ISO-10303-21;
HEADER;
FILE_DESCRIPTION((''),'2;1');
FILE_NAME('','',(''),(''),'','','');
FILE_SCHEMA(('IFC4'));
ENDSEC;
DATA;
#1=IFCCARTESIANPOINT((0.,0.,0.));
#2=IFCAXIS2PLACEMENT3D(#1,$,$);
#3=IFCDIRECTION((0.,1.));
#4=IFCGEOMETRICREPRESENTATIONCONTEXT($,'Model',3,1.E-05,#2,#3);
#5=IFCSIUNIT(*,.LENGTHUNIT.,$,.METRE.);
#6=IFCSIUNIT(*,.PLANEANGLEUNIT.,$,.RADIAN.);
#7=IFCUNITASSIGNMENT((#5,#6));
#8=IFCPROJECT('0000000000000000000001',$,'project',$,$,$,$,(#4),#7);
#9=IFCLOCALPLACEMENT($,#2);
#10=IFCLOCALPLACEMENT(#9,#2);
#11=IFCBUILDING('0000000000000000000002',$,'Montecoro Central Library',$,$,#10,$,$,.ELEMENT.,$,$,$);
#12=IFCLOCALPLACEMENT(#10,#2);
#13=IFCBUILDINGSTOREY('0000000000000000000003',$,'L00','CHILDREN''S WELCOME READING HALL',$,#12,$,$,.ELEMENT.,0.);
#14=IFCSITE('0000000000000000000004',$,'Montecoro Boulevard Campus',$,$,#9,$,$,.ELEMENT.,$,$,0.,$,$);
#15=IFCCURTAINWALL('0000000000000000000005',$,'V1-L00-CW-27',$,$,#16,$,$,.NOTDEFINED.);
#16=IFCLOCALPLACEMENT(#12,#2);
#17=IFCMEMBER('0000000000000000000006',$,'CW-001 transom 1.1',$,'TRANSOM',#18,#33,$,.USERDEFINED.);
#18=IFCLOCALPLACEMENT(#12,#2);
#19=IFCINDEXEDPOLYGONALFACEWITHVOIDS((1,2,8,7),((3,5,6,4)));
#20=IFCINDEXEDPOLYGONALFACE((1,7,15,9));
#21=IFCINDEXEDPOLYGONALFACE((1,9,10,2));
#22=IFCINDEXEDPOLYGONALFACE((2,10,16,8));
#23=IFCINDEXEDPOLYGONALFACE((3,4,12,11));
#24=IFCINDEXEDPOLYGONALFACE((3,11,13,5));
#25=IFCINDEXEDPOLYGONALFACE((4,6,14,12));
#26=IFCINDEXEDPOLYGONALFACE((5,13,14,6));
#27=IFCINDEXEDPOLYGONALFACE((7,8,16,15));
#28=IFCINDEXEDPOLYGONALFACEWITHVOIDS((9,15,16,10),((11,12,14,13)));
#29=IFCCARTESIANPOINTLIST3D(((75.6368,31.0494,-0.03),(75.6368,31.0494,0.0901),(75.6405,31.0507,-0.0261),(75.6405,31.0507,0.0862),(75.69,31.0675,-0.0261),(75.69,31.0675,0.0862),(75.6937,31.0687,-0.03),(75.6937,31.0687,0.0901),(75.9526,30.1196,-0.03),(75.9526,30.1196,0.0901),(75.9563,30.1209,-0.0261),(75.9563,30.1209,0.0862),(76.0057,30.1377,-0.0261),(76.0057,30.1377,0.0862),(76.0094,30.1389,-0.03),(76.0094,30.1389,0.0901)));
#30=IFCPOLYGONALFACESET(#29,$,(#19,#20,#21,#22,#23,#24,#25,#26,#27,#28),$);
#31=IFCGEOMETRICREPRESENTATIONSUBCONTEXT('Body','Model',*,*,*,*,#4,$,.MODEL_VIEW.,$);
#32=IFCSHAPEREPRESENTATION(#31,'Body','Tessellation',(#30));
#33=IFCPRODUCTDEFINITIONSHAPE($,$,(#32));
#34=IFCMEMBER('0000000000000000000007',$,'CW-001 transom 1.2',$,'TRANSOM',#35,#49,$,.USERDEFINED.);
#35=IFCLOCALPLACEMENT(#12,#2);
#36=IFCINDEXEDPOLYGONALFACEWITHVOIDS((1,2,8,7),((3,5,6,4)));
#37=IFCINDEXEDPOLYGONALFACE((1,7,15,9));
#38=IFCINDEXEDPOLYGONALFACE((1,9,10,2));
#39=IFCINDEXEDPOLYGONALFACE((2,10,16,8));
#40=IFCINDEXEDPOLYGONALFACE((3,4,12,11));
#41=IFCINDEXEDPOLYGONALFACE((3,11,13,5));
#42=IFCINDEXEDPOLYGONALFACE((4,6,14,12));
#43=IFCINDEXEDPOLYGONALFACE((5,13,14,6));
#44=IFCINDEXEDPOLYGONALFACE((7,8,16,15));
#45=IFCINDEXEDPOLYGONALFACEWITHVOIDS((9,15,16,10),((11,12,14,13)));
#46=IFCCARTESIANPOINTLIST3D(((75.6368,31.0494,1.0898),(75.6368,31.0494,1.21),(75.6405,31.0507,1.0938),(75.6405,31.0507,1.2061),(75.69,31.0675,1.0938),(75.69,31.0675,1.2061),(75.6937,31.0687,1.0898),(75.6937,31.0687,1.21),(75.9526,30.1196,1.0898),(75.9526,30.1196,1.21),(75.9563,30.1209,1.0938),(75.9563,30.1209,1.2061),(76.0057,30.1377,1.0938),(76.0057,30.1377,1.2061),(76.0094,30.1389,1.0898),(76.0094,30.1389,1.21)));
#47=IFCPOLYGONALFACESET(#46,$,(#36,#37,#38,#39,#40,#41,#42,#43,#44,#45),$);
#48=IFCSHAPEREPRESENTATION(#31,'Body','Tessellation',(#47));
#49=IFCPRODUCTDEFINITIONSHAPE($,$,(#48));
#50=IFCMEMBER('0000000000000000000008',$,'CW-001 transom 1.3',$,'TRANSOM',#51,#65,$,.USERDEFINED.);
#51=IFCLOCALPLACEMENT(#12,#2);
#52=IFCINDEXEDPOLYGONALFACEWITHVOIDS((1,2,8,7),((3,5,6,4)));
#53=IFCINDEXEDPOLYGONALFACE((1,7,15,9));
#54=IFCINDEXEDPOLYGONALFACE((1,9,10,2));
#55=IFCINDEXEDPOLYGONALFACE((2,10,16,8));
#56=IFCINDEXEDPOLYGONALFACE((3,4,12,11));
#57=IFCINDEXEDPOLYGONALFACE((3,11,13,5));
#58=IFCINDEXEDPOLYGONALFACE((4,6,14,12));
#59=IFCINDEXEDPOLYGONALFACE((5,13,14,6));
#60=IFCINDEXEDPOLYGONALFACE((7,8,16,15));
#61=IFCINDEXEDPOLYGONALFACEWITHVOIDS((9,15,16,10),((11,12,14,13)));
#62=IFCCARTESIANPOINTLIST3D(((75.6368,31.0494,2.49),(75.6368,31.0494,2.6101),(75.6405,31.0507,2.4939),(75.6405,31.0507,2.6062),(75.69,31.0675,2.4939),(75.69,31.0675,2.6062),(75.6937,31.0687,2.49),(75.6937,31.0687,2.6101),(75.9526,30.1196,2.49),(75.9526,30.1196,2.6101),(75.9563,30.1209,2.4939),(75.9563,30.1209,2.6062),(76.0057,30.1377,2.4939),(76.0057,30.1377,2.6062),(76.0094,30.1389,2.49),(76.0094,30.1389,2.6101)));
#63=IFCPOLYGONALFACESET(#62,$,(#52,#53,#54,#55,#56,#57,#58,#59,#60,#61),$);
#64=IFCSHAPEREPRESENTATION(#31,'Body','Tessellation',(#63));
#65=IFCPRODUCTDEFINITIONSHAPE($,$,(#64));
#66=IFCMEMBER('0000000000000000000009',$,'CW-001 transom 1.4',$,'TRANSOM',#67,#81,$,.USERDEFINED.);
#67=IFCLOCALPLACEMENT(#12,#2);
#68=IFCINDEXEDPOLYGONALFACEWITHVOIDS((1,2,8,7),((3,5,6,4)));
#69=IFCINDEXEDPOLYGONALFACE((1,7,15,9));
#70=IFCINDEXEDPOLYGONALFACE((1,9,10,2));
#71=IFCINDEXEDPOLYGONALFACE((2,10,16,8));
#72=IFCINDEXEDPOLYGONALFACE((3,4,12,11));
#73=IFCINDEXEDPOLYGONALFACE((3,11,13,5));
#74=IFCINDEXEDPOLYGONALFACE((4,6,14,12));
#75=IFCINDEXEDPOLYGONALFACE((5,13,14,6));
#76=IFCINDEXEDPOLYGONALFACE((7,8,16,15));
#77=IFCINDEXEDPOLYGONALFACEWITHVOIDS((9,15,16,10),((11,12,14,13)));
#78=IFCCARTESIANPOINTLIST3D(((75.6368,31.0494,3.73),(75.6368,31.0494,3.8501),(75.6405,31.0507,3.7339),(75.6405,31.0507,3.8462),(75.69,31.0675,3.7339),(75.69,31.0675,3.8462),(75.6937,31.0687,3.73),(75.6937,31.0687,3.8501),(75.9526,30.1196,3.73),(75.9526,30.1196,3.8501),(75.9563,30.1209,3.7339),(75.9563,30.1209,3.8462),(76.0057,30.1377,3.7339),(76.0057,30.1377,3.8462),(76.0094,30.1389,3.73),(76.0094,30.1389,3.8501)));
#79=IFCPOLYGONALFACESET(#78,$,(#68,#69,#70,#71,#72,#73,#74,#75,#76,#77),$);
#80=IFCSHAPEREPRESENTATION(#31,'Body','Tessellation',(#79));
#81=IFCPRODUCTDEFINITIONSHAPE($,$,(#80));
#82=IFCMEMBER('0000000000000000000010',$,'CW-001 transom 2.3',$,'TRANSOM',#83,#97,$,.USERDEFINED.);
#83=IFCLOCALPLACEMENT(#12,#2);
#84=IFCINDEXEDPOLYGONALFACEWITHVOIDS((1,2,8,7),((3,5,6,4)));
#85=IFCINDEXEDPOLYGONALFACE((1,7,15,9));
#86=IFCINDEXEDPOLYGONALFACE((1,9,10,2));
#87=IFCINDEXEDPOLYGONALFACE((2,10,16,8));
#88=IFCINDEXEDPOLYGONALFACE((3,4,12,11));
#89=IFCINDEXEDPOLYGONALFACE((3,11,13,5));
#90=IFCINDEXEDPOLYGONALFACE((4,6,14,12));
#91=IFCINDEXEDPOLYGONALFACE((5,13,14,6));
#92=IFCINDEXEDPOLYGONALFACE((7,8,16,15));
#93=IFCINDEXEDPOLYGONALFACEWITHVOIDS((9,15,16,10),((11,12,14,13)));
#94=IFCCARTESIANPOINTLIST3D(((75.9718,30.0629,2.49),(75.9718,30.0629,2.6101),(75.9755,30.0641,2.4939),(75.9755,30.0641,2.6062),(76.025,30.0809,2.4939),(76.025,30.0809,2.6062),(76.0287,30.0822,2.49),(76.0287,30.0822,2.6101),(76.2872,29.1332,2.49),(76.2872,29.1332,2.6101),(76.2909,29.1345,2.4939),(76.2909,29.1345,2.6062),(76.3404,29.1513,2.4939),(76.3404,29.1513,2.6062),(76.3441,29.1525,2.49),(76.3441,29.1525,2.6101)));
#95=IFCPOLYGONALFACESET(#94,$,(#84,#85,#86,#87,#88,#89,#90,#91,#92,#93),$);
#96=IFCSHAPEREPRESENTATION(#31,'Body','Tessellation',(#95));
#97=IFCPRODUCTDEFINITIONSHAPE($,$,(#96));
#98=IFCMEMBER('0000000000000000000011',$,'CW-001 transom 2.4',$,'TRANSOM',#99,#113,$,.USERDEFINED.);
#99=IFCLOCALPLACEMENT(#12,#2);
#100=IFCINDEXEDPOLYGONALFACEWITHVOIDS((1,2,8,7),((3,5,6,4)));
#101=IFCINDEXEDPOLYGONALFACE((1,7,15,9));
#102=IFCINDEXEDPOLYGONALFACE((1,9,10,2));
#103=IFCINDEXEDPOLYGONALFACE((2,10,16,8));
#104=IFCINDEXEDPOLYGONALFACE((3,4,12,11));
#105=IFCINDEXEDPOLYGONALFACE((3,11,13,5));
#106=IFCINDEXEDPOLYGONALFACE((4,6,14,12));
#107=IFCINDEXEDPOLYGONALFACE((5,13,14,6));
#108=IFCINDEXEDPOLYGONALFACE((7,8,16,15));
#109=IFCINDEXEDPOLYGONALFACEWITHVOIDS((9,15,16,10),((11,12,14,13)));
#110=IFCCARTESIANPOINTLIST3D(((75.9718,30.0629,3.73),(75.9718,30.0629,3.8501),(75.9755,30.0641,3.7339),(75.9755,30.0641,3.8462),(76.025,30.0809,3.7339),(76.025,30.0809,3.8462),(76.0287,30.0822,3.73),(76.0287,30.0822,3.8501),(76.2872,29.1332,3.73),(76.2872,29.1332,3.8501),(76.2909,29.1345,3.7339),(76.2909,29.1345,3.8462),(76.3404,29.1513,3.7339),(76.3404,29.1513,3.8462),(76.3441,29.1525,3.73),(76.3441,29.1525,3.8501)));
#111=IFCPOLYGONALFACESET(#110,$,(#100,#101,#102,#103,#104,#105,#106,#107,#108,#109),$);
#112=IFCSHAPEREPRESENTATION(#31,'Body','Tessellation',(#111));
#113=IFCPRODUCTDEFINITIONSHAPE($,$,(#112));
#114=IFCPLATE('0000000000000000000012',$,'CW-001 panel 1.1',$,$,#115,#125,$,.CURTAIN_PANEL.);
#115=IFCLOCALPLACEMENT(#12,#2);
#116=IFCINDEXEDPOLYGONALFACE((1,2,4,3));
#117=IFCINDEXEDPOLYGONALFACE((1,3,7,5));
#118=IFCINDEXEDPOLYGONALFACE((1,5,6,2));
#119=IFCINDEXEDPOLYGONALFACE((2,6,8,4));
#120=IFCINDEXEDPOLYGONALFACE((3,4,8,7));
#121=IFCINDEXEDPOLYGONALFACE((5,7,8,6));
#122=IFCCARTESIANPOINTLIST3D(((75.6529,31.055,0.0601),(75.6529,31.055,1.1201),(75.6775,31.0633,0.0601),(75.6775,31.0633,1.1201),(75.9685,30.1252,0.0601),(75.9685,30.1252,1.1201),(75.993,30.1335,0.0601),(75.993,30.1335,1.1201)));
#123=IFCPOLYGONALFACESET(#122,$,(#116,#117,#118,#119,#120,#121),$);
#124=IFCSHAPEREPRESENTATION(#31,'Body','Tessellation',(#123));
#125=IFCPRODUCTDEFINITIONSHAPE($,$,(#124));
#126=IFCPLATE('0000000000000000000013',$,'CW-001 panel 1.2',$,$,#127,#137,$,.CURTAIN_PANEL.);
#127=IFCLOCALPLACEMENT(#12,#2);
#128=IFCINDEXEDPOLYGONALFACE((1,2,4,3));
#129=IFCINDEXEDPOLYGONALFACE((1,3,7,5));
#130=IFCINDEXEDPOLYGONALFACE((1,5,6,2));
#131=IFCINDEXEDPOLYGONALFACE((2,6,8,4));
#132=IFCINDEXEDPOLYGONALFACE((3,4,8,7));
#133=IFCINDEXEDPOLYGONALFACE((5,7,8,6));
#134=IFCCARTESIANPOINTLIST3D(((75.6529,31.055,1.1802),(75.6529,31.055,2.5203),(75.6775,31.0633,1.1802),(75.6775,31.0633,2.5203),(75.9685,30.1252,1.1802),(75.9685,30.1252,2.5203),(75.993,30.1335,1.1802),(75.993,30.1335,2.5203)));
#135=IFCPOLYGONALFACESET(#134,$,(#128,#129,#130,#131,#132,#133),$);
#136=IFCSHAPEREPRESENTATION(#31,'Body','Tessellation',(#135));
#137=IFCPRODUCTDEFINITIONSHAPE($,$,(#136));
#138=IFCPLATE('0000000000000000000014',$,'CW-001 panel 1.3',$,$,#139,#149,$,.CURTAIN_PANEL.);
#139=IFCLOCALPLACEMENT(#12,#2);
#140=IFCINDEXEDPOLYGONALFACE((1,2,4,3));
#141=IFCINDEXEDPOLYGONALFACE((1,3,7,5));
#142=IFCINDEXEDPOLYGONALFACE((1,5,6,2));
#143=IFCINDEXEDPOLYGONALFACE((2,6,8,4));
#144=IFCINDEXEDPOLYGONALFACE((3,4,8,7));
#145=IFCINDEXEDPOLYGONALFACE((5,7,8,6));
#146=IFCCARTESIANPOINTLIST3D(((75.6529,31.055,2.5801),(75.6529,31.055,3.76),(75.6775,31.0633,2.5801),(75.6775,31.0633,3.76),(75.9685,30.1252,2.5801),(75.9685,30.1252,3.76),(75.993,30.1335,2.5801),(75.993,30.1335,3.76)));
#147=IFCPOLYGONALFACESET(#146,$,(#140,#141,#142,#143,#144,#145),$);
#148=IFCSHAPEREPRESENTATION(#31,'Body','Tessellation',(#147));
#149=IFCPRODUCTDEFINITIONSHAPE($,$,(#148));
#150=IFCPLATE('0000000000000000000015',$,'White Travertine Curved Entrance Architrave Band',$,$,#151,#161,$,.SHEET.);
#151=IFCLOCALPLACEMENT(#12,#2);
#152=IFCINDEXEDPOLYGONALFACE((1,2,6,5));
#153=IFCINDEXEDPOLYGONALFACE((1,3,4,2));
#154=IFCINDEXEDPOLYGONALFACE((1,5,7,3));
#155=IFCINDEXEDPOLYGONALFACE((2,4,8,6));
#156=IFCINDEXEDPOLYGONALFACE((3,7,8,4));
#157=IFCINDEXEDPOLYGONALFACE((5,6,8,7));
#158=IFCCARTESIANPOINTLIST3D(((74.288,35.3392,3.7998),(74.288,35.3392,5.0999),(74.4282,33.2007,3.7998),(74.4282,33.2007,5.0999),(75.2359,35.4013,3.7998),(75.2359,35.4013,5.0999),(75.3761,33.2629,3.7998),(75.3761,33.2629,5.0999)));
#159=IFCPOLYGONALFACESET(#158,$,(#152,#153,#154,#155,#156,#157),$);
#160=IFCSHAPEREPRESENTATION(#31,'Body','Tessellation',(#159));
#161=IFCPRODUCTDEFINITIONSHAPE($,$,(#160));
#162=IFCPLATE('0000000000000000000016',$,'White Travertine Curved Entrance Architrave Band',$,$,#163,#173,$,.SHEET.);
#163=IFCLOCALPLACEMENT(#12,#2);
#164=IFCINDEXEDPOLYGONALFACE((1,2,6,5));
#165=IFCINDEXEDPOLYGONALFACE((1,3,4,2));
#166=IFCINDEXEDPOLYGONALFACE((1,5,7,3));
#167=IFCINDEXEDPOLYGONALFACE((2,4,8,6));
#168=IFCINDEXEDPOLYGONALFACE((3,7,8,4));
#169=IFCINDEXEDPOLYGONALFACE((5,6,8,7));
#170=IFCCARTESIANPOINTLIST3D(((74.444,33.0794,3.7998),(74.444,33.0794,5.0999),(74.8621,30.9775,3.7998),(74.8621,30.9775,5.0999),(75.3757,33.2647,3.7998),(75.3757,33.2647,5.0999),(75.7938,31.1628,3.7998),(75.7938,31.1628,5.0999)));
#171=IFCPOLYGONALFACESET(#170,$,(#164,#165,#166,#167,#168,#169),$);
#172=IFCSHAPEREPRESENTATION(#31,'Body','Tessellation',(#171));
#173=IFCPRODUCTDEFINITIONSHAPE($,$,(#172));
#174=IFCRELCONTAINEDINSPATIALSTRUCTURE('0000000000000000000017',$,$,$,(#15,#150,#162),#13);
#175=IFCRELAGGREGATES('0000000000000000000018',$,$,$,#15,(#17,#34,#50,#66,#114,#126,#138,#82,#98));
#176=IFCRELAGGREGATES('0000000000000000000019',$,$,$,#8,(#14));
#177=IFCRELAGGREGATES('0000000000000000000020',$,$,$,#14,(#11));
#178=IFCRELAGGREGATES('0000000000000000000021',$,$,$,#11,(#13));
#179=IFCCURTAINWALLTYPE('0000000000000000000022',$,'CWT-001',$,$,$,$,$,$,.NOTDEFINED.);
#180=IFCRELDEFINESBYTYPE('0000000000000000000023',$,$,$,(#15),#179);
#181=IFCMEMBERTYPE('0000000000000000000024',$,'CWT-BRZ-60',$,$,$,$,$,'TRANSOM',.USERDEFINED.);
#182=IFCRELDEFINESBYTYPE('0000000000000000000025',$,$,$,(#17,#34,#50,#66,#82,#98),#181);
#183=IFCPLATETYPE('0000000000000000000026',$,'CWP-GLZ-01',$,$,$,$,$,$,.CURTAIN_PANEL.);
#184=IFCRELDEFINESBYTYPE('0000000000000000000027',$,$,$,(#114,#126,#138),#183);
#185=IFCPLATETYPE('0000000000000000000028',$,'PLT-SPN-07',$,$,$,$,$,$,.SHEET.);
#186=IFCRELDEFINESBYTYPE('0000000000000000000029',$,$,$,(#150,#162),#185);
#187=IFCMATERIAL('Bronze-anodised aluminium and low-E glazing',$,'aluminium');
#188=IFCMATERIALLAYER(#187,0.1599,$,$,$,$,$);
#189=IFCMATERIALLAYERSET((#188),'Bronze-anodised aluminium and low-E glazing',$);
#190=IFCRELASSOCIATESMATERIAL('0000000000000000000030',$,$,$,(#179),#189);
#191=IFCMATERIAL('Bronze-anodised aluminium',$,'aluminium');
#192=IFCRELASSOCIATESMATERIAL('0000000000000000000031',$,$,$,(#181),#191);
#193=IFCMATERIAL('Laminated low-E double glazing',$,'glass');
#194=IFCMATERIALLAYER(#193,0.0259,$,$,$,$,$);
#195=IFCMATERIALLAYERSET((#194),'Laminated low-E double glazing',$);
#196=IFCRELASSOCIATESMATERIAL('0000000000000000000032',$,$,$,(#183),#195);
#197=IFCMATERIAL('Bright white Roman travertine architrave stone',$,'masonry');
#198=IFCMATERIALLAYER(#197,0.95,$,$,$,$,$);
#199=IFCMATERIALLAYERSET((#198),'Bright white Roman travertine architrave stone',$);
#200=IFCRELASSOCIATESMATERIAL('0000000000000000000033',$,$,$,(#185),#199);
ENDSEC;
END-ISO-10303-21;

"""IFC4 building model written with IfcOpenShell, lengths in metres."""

from ifc_helpers import new_model, si_unit, direction, frame, origin, origin_2d, place, context, subcontext, project, spatial, rectangle, hollow_rectangle, extrude, material, layer, layer_set, material_profile, profile_set, type_object, element, aggregate, save


model = new_model("IFC4")

# Units and contexts
model_context = context("Model", 3, precision=1e-05, world=origin(), true_north=direction((0.0, 1.0)))
body_context = subcontext(model_context, "Body", "Model", "MODEL_VIEW")
ifc_project = project(units=[si_unit("LENGTHUNIT", "METRE"), si_unit("PLANEANGLEUNIT", "RADIAN")], contexts=[model_context])

# Site, building, storey
site_placement = place(None, origin())
site = spatial("IfcSite", under=ifc_project, at=site_placement, Name="Montecoro Boulevard Campus", CompositionType="ELEMENT", RefElevation=0.0)
building_placement = place(site_placement, origin())
building = spatial("IfcBuilding", under=site, at=building_placement, Name="Montecoro Central Library", CompositionType="ELEMENT")
storey_placement = place(building_placement, origin())
storey = spatial("IfcBuildingStorey", under=building, at=storey_placement, Name="L00", Description="CHILDREN'S WELCOME READING HALL", CompositionType="ELEMENT", Elevation=0.0)

# Curtain wall, members, plates
ifc_material_1 = material(Name="Bronze-anodised aluminium and low-E glazing", Category="aluminium")
ifc_layer_1 = layer(ifc_material_1, 0.1599)
ifc_layer_set_1 = layer_set([ifc_layer_1], Name="Bronze-anodised aluminium and low-E glazing")
curtain_wall_type = type_object("IfcCurtainWallType", Name="CWT-001", PredefinedType="NOTDEFINED", material=ifc_layer_set_1)
curtain_wall_placement = place(storey_placement, origin())
curtain_wall = element("IfcCurtainWall", 1, at=curtain_wall_placement, inside=storey, type_object=curtain_wall_type, Name="V1-L00-CW-27", PredefinedType="NOTDEFINED")
ifc_material_2 = material(Name="Bronze-anodised aluminium", Category="aluminium")
ifc_material_profile_1 = material_profile(ifc_material_2, hollow_rectangle(XDim=0.0601, YDim=0.1201, WallThickness=0.0039, at=origin_2d()), Name="CWT 120x60x4.0")
ifc_profile_set_1 = profile_set([ifc_material_profile_1], Name="Bronze-anodised aluminium")
member_type_1 = type_object("IfcMemberType", Name="CWT-BRZ-60", ElementType="TRANSOM", PredefinedType="USERDEFINED", material=ifc_profile_set_1)
member_1_placement = place(storey_placement, frame((75.6653, 31.0591, 0.03), z_axis=(0.321519, -0.946903, 0.0), x_axis=(0.946903, 0.321519, 0.0)))
member_1 = element("IfcMember", 2, at=member_1_placement, type_object=member_type_1, Name="CW-001 transom 1.1", ObjectType="TRANSOM", PredefinedType="USERDEFINED", context=body_context, shape_type="SweptSolid", body=[
    extrude(hollow_rectangle(XDim=0.0601, YDim=0.1201, WallThickness=0.0039, at=origin_2d()), origin(), (0.0, 0.0, 1.0), 0.9819),
])
member_2_placement = place(storey_placement, frame((75.6653, 31.0591, 1.1499), z_axis=(0.321519, -0.946903, 0.0), x_axis=(0.946903, 0.321519, 0.0)))
member_2 = element("IfcMember", 3, at=member_2_placement, type_object=member_type_1, Name="CW-001 transom 1.2", ObjectType="TRANSOM", PredefinedType="USERDEFINED", context=body_context, shape_type="SweptSolid", body=[
    extrude(hollow_rectangle(XDim=0.0601, YDim=0.1201, WallThickness=0.0039, at=origin_2d()), origin(), (0.0, 0.0, 1.0), 0.9819),
])
member_3_placement = place(storey_placement, frame((75.6653, 31.0591, 2.55), z_axis=(0.321519, -0.946903, 0.0), x_axis=(0.946903, 0.321519, 0.0)))
member_3 = element("IfcMember", 4, at=member_3_placement, type_object=member_type_1, Name="CW-001 transom 1.3", ObjectType="TRANSOM", PredefinedType="USERDEFINED", context=body_context, shape_type="SweptSolid", body=[
    extrude(hollow_rectangle(XDim=0.0601, YDim=0.1201, WallThickness=0.0039, at=origin_2d()), origin(), (0.0, 0.0, 1.0), 0.9819),
])
member_4_placement = place(storey_placement, frame((75.6653, 31.0591, 3.79), z_axis=(0.321519, -0.946903, 0.0), x_axis=(0.946903, 0.321519, 0.0)))
member_4 = element("IfcMember", 5, at=member_4_placement, type_object=member_type_1, Name="CW-001 transom 1.4", ObjectType="TRANSOM", PredefinedType="USERDEFINED", context=body_context, shape_type="SweptSolid", body=[
    extrude(hollow_rectangle(XDim=0.0601, YDim=0.1201, WallThickness=0.0039, at=origin_2d()), origin(), (0.0, 0.0, 1.0), 0.9819),
])
member_5_placement = place(storey_placement, frame((76.0002, 30.0725, 2.55), z_axis=(0.321296, -0.946979, 0.0), x_axis=(0.946979, 0.321296, 0.0)))
member_5 = element("IfcMember", 6, at=member_5_placement, type_object=member_type_1, Name="CW-001 transom 2.3", ObjectType="TRANSOM", PredefinedType="USERDEFINED", context=body_context, shape_type="SweptSolid", body=[
    extrude(hollow_rectangle(XDim=0.0601, YDim=0.1201, WallThickness=0.0039, at=origin_2d()), origin(), (0.0, 0.0, 1.0), 0.9817),
])
member_6_placement = place(storey_placement, frame((76.0002, 30.0725, 3.79), z_axis=(0.321296, -0.946979, 0.0), x_axis=(0.946979, 0.321296, 0.0)))
member_6 = element("IfcMember", 7, at=member_6_placement, type_object=member_type_1, Name="CW-001 transom 2.4", ObjectType="TRANSOM", PredefinedType="USERDEFINED", context=body_context, shape_type="SweptSolid", body=[
    extrude(hollow_rectangle(XDim=0.0601, YDim=0.1201, WallThickness=0.0039, at=origin_2d()), origin(), (0.0, 0.0, 1.0), 0.9817),
])
ifc_material_3 = material(Name="Laminated low-E double glazing", Category="glass")
ifc_layer_2 = layer(ifc_material_3, 0.0259)
ifc_layer_set_2 = layer_set([ifc_layer_2], Name="Laminated low-E double glazing")
plate_type_1 = type_object("IfcPlateType", Name="CWP-GLZ-01", PredefinedType="CURTAIN_PANEL", material=ifc_layer_set_2)
plate_1_placement = place(storey_placement, frame((75.823, 30.5942, 0.0601), z_axis=(0.0, 0.0, 1.0), x_axis=(0.321401, -0.946943, 0.0)))
plate_1 = element("IfcPlate", 8, at=plate_1_placement, type_object=plate_type_1, Name="CW-001 panel 1.1", PredefinedType="CURTAIN_PANEL", context=body_context, shape_type="SweptSolid", body=[
    extrude(rectangle(XDim=0.9819, YDim=0.0259, at=origin_2d()), origin(), (0.0, 0.0, 1.0), 1.0601),
])
plate_2_placement = place(storey_placement, frame((75.823, 30.5942, 1.1802), z_axis=(0.0, 0.0, 1.0), x_axis=(0.321401, -0.946943, 0.0)))
plate_2 = element("IfcPlate", 9, at=plate_2_placement, type_object=plate_type_1, Name="CW-001 panel 1.2", PredefinedType="CURTAIN_PANEL", context=body_context, shape_type="SweptSolid", body=[
    extrude(rectangle(XDim=0.9819, YDim=0.0259, at=origin_2d()), origin(), (0.0, 0.0, 1.0), 1.3401),
])
plate_3_placement = place(storey_placement, frame((75.823, 30.5942, 2.5801), z_axis=(0.0, 0.0, 1.0), x_axis=(0.321401, -0.946943, 0.0)))
plate_3 = element("IfcPlate", 10, at=plate_3_placement, type_object=plate_type_1, Name="CW-001 panel 1.3", PredefinedType="CURTAIN_PANEL", context=body_context, shape_type="SweptSolid", body=[
    extrude(rectangle(XDim=0.9819, YDim=0.0259, at=origin_2d()), origin(), (0.0, 0.0, 1.0), 1.1799),
])
aggregate(curtain_wall, [member_1, member_2, member_3, member_4, plate_1, plate_2, plate_3, member_5, member_6])

# Plates
ifc_material_4 = material(Name="Bright white Roman travertine architrave stone", Category="masonry")
ifc_layer_3 = layer(ifc_material_4, 0.95)
ifc_layer_set_3 = layer_set([ifc_layer_3], Name="Bright white Roman travertine architrave stone")
plate_type_2 = type_object("IfcPlateType", Name="PLT-SPN-07", PredefinedType="SHEET", material=ifc_layer_set_3)
for number, where, z_axis, x_axis, name in (
    (11, (74.832, 34.301, 3.7998), (0.0, 0.0, 1.0), (0.065403, -0.997859, 0.0), "White Travertine Curved Entrance Architrave Band"),
    (12, (75.1189, 32.1211, 3.7998), (0.0, 0.0, 1.0), (0.19509, -0.980785, 0.0), "White Travertine Curved Entrance Architrave Band"),
):
    element("IfcPlate", number, at=place(storey_placement, frame(where, z_axis=z_axis, x_axis=x_axis)), inside=storey, type_object=plate_type_2, Name=name, PredefinedType="SHEET", context=body_context, shape_type="SweptSolid", body=[
        extrude(rectangle(XDim=2.1431, YDim=0.95, at=origin_2d()), origin(), (0.0, 0.0, 1.0), 1.3),
    ])

save(model, "model.ifc")
